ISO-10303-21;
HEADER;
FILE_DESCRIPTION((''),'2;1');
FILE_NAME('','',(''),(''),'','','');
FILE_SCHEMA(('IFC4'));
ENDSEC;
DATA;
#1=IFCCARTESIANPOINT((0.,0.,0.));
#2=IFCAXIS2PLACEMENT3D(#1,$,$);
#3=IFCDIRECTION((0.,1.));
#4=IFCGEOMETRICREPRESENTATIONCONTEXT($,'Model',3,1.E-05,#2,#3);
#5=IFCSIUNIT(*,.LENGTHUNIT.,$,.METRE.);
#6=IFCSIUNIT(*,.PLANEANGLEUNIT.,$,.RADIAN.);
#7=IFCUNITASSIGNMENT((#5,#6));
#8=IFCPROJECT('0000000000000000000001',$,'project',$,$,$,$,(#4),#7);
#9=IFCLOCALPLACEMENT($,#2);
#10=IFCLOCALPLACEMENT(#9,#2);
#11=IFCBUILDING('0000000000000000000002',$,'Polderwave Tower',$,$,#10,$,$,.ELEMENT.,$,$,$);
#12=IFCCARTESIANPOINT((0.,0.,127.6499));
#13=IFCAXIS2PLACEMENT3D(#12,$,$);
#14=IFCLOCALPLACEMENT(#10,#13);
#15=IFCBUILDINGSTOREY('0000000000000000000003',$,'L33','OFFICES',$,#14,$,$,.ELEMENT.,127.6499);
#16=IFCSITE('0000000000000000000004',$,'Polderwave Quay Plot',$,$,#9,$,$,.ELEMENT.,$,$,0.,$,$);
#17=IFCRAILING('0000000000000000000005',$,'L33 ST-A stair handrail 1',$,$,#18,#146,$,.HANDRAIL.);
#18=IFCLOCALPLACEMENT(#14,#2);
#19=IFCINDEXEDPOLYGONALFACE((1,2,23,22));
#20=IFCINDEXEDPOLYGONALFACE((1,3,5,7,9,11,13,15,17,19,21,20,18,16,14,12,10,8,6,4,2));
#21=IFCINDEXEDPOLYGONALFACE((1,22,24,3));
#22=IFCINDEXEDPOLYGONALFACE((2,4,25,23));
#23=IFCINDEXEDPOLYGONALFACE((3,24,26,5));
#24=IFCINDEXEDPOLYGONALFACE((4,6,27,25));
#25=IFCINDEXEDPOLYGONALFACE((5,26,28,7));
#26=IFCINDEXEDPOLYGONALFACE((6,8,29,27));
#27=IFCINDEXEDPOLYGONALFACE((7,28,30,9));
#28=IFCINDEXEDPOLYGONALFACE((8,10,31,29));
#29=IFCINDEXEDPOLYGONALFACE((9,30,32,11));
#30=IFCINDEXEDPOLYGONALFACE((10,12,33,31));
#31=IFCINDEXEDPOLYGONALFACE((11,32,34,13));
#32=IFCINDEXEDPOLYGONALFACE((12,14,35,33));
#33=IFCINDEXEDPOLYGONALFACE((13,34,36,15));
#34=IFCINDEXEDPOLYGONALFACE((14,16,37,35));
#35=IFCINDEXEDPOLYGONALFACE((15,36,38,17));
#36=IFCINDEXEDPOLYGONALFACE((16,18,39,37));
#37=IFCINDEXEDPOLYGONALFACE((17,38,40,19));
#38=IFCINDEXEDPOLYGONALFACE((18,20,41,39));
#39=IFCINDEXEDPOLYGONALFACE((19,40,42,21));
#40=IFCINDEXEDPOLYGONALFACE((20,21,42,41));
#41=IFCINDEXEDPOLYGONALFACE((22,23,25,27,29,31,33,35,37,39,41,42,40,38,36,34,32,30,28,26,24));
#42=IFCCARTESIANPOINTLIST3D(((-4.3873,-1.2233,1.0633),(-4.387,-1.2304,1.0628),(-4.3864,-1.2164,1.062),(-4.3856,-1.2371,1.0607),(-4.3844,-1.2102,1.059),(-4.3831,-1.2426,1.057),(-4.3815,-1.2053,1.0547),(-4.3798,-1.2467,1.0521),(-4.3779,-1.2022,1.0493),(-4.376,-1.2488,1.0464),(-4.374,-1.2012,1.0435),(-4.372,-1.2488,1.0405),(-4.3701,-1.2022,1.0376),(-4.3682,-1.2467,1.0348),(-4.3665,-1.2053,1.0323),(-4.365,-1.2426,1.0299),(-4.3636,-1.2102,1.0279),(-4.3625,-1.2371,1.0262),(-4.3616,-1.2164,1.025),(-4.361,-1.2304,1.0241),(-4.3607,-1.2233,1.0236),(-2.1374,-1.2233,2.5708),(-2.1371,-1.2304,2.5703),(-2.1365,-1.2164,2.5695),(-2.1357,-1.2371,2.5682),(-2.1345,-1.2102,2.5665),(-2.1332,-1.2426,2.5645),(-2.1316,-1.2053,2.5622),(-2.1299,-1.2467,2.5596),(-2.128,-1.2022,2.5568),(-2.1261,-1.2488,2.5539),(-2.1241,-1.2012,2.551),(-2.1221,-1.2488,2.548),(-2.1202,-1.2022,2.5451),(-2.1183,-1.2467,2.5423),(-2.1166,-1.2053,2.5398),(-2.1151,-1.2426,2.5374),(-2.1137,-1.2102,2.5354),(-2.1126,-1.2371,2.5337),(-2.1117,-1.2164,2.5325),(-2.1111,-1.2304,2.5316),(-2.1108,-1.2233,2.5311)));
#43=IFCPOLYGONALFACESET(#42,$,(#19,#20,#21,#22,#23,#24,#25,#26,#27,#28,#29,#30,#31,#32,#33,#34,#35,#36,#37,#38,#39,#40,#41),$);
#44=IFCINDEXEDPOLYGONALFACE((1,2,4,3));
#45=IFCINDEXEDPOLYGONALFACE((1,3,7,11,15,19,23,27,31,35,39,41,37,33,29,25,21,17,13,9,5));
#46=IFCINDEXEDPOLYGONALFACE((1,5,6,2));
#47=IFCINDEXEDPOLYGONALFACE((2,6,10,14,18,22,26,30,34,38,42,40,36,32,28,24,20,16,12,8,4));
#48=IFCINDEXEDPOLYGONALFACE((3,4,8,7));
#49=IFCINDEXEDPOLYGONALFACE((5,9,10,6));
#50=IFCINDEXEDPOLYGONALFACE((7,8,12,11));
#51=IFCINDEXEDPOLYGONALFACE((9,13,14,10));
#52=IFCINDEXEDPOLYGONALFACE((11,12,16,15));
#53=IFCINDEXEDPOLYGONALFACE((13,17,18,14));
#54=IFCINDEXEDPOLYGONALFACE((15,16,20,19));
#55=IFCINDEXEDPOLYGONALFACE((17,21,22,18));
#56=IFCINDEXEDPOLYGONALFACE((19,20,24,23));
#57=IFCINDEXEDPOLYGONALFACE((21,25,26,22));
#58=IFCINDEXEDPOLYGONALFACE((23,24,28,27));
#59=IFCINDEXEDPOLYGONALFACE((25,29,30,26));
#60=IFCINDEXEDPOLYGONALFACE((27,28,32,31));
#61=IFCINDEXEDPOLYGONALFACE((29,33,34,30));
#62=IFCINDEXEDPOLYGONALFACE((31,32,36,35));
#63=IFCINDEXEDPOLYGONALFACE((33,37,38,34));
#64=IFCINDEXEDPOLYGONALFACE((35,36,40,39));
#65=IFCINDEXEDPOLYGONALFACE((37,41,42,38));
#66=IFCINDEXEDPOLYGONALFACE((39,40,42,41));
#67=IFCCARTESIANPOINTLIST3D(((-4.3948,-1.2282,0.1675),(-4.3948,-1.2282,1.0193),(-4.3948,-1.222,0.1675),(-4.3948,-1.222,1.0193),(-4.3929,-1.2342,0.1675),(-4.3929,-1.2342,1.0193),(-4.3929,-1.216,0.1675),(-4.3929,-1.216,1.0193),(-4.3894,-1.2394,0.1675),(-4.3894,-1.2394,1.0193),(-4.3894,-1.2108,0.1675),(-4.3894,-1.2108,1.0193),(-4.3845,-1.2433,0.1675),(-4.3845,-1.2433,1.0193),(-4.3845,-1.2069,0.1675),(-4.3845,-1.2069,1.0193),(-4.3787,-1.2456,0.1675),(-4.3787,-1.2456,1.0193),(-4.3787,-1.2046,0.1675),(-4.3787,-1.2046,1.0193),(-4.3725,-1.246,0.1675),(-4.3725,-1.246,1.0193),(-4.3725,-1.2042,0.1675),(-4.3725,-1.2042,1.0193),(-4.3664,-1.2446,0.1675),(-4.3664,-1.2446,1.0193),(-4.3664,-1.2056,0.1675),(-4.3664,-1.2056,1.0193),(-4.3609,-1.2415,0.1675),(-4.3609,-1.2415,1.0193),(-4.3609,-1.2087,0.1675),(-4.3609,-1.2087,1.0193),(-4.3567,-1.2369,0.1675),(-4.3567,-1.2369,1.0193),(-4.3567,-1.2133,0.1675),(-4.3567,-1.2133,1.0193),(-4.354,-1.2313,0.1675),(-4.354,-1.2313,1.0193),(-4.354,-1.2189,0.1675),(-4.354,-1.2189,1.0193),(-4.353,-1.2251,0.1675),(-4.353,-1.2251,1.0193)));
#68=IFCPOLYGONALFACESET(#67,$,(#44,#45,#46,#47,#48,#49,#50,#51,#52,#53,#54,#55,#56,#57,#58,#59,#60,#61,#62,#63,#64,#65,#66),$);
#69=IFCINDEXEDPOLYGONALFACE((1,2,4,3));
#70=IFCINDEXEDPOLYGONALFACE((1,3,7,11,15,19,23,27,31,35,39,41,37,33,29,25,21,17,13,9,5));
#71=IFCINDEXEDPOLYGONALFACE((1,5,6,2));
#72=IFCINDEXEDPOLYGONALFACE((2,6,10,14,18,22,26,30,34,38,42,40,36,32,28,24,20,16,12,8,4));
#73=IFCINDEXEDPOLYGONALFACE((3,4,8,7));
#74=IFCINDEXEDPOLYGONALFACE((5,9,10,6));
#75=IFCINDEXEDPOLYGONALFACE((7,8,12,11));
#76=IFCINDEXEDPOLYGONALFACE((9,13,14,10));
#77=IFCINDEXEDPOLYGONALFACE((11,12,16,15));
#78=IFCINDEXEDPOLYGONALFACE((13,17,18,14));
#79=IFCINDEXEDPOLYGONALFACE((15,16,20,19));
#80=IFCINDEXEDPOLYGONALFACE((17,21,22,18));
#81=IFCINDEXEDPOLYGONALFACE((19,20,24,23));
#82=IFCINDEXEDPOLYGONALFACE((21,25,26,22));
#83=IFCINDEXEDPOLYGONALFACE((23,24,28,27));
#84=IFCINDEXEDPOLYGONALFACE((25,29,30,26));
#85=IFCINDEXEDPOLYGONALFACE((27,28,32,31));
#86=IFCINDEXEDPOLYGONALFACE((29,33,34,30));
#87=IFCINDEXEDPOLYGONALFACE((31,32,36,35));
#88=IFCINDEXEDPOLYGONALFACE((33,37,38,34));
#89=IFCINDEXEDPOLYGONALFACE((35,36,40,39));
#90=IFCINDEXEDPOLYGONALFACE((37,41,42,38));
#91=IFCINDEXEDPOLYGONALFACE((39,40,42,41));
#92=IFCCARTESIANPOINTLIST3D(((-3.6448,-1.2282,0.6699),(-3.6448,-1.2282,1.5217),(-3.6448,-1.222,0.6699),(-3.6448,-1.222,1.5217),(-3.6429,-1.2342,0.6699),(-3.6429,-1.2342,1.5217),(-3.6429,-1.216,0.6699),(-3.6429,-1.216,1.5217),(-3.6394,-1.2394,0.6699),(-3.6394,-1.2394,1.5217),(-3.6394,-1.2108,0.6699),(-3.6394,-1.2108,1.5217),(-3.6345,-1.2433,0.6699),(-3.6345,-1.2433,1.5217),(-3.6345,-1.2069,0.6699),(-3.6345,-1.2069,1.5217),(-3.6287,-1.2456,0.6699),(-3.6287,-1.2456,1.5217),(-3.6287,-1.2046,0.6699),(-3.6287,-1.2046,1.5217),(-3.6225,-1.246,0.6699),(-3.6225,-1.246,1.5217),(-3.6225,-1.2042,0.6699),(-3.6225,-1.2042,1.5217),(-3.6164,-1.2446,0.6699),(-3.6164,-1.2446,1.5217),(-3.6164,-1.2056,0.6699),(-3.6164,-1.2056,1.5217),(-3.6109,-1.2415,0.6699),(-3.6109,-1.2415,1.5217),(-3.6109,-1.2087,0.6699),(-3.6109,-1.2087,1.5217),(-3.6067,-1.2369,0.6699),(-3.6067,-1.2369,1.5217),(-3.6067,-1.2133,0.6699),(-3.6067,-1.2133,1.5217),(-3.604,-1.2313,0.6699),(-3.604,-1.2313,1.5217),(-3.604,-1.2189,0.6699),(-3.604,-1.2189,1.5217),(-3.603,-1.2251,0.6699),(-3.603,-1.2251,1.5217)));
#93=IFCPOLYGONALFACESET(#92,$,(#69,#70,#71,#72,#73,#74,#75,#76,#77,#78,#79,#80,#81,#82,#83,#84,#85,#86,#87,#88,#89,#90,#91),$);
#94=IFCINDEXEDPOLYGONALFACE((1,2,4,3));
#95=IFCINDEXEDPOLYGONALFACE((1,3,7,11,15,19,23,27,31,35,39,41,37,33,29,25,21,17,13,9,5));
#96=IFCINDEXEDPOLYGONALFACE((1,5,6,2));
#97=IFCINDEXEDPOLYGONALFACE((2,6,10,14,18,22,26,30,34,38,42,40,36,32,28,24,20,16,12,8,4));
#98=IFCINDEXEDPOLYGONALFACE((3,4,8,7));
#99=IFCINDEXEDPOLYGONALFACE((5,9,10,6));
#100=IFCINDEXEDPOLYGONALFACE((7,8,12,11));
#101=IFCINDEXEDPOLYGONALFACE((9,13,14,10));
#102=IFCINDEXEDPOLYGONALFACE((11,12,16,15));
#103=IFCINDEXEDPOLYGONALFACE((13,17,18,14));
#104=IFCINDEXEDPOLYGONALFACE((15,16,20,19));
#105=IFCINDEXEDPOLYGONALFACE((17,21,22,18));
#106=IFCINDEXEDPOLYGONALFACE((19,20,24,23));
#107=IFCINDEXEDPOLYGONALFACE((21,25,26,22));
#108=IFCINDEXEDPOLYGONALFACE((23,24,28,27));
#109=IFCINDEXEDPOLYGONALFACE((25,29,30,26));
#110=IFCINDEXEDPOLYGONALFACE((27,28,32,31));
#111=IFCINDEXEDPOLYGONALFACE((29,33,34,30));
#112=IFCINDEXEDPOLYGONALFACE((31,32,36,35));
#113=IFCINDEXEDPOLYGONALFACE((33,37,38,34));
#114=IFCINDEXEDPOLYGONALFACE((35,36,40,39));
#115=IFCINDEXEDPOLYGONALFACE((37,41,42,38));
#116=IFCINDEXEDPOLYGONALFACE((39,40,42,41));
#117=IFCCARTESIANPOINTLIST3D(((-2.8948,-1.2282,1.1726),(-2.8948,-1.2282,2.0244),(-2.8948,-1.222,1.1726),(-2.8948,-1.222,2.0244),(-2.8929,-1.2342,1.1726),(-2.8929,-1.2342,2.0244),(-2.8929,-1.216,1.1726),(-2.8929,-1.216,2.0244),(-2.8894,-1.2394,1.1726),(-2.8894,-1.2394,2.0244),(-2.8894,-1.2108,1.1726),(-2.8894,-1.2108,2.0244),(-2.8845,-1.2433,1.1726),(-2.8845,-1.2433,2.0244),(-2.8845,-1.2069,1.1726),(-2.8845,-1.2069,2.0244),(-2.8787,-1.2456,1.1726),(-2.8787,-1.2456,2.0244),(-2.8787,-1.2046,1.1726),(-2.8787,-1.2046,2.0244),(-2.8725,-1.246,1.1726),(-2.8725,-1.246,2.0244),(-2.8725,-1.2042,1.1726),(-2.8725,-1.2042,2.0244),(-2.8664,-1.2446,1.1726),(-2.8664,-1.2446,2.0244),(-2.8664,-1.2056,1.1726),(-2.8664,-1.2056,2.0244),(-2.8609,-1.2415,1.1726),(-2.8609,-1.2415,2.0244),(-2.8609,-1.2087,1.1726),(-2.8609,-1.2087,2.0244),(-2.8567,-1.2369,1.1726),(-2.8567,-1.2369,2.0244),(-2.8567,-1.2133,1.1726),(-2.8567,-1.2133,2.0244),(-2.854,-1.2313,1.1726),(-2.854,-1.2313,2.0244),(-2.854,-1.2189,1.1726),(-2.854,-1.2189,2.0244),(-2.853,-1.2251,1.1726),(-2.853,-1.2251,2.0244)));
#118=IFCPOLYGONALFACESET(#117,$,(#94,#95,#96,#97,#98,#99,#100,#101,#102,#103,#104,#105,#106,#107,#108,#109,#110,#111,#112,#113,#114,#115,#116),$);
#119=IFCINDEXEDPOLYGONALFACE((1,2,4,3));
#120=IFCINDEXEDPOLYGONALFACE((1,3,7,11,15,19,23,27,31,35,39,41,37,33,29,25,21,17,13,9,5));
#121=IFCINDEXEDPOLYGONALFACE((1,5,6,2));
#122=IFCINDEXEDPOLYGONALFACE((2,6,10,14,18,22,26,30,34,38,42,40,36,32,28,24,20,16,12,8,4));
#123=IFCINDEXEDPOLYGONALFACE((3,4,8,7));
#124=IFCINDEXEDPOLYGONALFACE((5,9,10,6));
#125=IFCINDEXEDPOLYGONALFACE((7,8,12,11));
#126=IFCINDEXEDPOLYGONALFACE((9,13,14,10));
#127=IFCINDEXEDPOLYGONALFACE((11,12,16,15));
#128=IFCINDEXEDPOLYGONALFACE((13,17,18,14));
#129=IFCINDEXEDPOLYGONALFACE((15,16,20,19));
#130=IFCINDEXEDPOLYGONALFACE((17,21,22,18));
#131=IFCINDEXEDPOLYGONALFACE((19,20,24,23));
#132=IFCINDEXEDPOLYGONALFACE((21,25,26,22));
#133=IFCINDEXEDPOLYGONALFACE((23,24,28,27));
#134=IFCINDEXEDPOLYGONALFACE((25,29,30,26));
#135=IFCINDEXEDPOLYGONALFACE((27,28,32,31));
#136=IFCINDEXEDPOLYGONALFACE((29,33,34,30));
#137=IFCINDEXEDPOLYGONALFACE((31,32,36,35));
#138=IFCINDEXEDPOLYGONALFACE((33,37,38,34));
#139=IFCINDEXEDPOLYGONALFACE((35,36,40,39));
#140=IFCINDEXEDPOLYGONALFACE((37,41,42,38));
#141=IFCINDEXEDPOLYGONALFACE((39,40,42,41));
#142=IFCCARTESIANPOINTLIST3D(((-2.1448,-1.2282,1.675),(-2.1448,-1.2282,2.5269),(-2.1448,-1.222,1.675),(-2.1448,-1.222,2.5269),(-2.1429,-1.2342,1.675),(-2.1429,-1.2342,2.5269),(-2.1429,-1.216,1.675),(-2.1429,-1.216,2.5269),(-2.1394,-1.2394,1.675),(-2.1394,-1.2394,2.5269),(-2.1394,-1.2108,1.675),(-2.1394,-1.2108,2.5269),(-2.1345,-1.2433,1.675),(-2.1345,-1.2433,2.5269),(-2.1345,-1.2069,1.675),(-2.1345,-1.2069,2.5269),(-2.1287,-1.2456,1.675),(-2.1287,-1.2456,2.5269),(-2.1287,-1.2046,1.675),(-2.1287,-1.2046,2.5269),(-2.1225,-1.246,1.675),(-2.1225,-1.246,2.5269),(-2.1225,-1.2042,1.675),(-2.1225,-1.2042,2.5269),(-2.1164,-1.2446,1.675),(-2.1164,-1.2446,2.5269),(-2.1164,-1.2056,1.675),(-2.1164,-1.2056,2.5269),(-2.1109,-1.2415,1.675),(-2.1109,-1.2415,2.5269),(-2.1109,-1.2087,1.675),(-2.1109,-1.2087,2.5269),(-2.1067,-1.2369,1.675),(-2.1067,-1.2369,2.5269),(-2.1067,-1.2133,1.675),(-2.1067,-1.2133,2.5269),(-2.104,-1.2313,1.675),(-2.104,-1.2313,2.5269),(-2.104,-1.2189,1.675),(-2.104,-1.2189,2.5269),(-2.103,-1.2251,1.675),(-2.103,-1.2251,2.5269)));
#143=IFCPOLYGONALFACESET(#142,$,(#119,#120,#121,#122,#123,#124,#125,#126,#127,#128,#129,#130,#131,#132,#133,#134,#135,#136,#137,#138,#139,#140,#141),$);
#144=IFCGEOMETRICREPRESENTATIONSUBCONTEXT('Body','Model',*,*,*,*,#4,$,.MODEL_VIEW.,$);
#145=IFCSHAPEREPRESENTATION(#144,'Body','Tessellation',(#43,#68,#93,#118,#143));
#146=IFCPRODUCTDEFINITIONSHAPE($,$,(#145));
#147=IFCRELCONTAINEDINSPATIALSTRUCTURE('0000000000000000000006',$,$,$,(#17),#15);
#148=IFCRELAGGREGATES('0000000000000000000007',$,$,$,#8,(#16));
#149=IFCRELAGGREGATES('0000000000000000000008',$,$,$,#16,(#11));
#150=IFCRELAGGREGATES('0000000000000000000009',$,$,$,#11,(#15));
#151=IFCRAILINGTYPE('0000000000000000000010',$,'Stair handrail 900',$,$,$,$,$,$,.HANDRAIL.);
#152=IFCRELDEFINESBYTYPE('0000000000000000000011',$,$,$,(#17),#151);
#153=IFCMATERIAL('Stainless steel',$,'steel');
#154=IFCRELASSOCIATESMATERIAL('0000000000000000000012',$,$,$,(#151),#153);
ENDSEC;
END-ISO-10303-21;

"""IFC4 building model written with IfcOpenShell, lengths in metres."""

from ifc_helpers import new_model, si_unit, direction, frame, origin, origin_2d, place, context, subcontext, project, spatial, circle, extrude, material, type_object, element, save


model = new_model("IFC4")

# Units and contexts
model_context = context("Model", 3, precision=1e-05, world=origin(), true_north=direction((0.0, 1.0)))
body_context = subcontext(model_context, "Body", "Model", "MODEL_VIEW")
ifc_project = project(units=[si_unit("LENGTHUNIT", "METRE"), si_unit("PLANEANGLEUNIT", "RADIAN")], contexts=[model_context])

# Site, building, storey
site_placement = place(None, origin())
site = spatial("IfcSite", under=ifc_project, at=site_placement, Name="Polderwave Quay Plot", CompositionType="ELEMENT", RefElevation=0.0)
building_placement = place(site_placement, origin())
building = spatial("IfcBuilding", under=site, at=building_placement, Name="Polderwave Tower", CompositionType="ELEMENT")
storey_placement = place(building_placement, frame((0.0, 0.0, 127.6499)))
storey = spatial("IfcBuildingStorey", under=building, at=storey_placement, Name="L33", Description="OFFICES", CompositionType="ELEMENT", Elevation=127.6499)

# Railing
ifc_material_1 = material(Name="Stainless steel", Category="steel")
railing_type_1 = type_object("IfcRailingType", Name="Stair handrail 900", PredefinedType="HANDRAIL", material=ifc_material_1)
railing_1_placement = place(storey_placement, frame((-4.374, -1.2251, 0.1675)))
element("IfcRailing", 1, at=railing_1_placement, inside=storey, type_object=railing_type_1, Name="L33 ST-A stair handrail 1", PredefinedType="HANDRAIL", context=body_context, shape_type="SweptSolid", body=[
    extrude(circle(Radius=0.0239, at=origin_2d()), frame((0.0, 0.0, 0.876), z_axis=(0.830758, 0.0, 0.556633), x_axis=(0.0, 1.0, 0.0)), (0.0, 0.0, 1.0), 2.7083),
    extrude(circle(Radius=0.021, at=origin_2d()), origin(), (0.0, 0.0, 1.0), 0.8518),
    extrude(circle(Radius=0.021, at=origin_2d()), frame((0.75, 0.0, 0.5024)), (0.0, 0.0, 1.0), 0.8518),
    extrude(circle(Radius=0.021, at=origin_2d()), frame((1.5, 0.0, 1.0051)), (0.0, 0.0, 1.0), 0.8518),
    extrude(circle(Radius=0.021, at=origin_2d()), frame((2.25, 0.0, 1.5076)), (0.0, 0.0, 1.0), 0.8518),
])

save(model, "model.ifc")
